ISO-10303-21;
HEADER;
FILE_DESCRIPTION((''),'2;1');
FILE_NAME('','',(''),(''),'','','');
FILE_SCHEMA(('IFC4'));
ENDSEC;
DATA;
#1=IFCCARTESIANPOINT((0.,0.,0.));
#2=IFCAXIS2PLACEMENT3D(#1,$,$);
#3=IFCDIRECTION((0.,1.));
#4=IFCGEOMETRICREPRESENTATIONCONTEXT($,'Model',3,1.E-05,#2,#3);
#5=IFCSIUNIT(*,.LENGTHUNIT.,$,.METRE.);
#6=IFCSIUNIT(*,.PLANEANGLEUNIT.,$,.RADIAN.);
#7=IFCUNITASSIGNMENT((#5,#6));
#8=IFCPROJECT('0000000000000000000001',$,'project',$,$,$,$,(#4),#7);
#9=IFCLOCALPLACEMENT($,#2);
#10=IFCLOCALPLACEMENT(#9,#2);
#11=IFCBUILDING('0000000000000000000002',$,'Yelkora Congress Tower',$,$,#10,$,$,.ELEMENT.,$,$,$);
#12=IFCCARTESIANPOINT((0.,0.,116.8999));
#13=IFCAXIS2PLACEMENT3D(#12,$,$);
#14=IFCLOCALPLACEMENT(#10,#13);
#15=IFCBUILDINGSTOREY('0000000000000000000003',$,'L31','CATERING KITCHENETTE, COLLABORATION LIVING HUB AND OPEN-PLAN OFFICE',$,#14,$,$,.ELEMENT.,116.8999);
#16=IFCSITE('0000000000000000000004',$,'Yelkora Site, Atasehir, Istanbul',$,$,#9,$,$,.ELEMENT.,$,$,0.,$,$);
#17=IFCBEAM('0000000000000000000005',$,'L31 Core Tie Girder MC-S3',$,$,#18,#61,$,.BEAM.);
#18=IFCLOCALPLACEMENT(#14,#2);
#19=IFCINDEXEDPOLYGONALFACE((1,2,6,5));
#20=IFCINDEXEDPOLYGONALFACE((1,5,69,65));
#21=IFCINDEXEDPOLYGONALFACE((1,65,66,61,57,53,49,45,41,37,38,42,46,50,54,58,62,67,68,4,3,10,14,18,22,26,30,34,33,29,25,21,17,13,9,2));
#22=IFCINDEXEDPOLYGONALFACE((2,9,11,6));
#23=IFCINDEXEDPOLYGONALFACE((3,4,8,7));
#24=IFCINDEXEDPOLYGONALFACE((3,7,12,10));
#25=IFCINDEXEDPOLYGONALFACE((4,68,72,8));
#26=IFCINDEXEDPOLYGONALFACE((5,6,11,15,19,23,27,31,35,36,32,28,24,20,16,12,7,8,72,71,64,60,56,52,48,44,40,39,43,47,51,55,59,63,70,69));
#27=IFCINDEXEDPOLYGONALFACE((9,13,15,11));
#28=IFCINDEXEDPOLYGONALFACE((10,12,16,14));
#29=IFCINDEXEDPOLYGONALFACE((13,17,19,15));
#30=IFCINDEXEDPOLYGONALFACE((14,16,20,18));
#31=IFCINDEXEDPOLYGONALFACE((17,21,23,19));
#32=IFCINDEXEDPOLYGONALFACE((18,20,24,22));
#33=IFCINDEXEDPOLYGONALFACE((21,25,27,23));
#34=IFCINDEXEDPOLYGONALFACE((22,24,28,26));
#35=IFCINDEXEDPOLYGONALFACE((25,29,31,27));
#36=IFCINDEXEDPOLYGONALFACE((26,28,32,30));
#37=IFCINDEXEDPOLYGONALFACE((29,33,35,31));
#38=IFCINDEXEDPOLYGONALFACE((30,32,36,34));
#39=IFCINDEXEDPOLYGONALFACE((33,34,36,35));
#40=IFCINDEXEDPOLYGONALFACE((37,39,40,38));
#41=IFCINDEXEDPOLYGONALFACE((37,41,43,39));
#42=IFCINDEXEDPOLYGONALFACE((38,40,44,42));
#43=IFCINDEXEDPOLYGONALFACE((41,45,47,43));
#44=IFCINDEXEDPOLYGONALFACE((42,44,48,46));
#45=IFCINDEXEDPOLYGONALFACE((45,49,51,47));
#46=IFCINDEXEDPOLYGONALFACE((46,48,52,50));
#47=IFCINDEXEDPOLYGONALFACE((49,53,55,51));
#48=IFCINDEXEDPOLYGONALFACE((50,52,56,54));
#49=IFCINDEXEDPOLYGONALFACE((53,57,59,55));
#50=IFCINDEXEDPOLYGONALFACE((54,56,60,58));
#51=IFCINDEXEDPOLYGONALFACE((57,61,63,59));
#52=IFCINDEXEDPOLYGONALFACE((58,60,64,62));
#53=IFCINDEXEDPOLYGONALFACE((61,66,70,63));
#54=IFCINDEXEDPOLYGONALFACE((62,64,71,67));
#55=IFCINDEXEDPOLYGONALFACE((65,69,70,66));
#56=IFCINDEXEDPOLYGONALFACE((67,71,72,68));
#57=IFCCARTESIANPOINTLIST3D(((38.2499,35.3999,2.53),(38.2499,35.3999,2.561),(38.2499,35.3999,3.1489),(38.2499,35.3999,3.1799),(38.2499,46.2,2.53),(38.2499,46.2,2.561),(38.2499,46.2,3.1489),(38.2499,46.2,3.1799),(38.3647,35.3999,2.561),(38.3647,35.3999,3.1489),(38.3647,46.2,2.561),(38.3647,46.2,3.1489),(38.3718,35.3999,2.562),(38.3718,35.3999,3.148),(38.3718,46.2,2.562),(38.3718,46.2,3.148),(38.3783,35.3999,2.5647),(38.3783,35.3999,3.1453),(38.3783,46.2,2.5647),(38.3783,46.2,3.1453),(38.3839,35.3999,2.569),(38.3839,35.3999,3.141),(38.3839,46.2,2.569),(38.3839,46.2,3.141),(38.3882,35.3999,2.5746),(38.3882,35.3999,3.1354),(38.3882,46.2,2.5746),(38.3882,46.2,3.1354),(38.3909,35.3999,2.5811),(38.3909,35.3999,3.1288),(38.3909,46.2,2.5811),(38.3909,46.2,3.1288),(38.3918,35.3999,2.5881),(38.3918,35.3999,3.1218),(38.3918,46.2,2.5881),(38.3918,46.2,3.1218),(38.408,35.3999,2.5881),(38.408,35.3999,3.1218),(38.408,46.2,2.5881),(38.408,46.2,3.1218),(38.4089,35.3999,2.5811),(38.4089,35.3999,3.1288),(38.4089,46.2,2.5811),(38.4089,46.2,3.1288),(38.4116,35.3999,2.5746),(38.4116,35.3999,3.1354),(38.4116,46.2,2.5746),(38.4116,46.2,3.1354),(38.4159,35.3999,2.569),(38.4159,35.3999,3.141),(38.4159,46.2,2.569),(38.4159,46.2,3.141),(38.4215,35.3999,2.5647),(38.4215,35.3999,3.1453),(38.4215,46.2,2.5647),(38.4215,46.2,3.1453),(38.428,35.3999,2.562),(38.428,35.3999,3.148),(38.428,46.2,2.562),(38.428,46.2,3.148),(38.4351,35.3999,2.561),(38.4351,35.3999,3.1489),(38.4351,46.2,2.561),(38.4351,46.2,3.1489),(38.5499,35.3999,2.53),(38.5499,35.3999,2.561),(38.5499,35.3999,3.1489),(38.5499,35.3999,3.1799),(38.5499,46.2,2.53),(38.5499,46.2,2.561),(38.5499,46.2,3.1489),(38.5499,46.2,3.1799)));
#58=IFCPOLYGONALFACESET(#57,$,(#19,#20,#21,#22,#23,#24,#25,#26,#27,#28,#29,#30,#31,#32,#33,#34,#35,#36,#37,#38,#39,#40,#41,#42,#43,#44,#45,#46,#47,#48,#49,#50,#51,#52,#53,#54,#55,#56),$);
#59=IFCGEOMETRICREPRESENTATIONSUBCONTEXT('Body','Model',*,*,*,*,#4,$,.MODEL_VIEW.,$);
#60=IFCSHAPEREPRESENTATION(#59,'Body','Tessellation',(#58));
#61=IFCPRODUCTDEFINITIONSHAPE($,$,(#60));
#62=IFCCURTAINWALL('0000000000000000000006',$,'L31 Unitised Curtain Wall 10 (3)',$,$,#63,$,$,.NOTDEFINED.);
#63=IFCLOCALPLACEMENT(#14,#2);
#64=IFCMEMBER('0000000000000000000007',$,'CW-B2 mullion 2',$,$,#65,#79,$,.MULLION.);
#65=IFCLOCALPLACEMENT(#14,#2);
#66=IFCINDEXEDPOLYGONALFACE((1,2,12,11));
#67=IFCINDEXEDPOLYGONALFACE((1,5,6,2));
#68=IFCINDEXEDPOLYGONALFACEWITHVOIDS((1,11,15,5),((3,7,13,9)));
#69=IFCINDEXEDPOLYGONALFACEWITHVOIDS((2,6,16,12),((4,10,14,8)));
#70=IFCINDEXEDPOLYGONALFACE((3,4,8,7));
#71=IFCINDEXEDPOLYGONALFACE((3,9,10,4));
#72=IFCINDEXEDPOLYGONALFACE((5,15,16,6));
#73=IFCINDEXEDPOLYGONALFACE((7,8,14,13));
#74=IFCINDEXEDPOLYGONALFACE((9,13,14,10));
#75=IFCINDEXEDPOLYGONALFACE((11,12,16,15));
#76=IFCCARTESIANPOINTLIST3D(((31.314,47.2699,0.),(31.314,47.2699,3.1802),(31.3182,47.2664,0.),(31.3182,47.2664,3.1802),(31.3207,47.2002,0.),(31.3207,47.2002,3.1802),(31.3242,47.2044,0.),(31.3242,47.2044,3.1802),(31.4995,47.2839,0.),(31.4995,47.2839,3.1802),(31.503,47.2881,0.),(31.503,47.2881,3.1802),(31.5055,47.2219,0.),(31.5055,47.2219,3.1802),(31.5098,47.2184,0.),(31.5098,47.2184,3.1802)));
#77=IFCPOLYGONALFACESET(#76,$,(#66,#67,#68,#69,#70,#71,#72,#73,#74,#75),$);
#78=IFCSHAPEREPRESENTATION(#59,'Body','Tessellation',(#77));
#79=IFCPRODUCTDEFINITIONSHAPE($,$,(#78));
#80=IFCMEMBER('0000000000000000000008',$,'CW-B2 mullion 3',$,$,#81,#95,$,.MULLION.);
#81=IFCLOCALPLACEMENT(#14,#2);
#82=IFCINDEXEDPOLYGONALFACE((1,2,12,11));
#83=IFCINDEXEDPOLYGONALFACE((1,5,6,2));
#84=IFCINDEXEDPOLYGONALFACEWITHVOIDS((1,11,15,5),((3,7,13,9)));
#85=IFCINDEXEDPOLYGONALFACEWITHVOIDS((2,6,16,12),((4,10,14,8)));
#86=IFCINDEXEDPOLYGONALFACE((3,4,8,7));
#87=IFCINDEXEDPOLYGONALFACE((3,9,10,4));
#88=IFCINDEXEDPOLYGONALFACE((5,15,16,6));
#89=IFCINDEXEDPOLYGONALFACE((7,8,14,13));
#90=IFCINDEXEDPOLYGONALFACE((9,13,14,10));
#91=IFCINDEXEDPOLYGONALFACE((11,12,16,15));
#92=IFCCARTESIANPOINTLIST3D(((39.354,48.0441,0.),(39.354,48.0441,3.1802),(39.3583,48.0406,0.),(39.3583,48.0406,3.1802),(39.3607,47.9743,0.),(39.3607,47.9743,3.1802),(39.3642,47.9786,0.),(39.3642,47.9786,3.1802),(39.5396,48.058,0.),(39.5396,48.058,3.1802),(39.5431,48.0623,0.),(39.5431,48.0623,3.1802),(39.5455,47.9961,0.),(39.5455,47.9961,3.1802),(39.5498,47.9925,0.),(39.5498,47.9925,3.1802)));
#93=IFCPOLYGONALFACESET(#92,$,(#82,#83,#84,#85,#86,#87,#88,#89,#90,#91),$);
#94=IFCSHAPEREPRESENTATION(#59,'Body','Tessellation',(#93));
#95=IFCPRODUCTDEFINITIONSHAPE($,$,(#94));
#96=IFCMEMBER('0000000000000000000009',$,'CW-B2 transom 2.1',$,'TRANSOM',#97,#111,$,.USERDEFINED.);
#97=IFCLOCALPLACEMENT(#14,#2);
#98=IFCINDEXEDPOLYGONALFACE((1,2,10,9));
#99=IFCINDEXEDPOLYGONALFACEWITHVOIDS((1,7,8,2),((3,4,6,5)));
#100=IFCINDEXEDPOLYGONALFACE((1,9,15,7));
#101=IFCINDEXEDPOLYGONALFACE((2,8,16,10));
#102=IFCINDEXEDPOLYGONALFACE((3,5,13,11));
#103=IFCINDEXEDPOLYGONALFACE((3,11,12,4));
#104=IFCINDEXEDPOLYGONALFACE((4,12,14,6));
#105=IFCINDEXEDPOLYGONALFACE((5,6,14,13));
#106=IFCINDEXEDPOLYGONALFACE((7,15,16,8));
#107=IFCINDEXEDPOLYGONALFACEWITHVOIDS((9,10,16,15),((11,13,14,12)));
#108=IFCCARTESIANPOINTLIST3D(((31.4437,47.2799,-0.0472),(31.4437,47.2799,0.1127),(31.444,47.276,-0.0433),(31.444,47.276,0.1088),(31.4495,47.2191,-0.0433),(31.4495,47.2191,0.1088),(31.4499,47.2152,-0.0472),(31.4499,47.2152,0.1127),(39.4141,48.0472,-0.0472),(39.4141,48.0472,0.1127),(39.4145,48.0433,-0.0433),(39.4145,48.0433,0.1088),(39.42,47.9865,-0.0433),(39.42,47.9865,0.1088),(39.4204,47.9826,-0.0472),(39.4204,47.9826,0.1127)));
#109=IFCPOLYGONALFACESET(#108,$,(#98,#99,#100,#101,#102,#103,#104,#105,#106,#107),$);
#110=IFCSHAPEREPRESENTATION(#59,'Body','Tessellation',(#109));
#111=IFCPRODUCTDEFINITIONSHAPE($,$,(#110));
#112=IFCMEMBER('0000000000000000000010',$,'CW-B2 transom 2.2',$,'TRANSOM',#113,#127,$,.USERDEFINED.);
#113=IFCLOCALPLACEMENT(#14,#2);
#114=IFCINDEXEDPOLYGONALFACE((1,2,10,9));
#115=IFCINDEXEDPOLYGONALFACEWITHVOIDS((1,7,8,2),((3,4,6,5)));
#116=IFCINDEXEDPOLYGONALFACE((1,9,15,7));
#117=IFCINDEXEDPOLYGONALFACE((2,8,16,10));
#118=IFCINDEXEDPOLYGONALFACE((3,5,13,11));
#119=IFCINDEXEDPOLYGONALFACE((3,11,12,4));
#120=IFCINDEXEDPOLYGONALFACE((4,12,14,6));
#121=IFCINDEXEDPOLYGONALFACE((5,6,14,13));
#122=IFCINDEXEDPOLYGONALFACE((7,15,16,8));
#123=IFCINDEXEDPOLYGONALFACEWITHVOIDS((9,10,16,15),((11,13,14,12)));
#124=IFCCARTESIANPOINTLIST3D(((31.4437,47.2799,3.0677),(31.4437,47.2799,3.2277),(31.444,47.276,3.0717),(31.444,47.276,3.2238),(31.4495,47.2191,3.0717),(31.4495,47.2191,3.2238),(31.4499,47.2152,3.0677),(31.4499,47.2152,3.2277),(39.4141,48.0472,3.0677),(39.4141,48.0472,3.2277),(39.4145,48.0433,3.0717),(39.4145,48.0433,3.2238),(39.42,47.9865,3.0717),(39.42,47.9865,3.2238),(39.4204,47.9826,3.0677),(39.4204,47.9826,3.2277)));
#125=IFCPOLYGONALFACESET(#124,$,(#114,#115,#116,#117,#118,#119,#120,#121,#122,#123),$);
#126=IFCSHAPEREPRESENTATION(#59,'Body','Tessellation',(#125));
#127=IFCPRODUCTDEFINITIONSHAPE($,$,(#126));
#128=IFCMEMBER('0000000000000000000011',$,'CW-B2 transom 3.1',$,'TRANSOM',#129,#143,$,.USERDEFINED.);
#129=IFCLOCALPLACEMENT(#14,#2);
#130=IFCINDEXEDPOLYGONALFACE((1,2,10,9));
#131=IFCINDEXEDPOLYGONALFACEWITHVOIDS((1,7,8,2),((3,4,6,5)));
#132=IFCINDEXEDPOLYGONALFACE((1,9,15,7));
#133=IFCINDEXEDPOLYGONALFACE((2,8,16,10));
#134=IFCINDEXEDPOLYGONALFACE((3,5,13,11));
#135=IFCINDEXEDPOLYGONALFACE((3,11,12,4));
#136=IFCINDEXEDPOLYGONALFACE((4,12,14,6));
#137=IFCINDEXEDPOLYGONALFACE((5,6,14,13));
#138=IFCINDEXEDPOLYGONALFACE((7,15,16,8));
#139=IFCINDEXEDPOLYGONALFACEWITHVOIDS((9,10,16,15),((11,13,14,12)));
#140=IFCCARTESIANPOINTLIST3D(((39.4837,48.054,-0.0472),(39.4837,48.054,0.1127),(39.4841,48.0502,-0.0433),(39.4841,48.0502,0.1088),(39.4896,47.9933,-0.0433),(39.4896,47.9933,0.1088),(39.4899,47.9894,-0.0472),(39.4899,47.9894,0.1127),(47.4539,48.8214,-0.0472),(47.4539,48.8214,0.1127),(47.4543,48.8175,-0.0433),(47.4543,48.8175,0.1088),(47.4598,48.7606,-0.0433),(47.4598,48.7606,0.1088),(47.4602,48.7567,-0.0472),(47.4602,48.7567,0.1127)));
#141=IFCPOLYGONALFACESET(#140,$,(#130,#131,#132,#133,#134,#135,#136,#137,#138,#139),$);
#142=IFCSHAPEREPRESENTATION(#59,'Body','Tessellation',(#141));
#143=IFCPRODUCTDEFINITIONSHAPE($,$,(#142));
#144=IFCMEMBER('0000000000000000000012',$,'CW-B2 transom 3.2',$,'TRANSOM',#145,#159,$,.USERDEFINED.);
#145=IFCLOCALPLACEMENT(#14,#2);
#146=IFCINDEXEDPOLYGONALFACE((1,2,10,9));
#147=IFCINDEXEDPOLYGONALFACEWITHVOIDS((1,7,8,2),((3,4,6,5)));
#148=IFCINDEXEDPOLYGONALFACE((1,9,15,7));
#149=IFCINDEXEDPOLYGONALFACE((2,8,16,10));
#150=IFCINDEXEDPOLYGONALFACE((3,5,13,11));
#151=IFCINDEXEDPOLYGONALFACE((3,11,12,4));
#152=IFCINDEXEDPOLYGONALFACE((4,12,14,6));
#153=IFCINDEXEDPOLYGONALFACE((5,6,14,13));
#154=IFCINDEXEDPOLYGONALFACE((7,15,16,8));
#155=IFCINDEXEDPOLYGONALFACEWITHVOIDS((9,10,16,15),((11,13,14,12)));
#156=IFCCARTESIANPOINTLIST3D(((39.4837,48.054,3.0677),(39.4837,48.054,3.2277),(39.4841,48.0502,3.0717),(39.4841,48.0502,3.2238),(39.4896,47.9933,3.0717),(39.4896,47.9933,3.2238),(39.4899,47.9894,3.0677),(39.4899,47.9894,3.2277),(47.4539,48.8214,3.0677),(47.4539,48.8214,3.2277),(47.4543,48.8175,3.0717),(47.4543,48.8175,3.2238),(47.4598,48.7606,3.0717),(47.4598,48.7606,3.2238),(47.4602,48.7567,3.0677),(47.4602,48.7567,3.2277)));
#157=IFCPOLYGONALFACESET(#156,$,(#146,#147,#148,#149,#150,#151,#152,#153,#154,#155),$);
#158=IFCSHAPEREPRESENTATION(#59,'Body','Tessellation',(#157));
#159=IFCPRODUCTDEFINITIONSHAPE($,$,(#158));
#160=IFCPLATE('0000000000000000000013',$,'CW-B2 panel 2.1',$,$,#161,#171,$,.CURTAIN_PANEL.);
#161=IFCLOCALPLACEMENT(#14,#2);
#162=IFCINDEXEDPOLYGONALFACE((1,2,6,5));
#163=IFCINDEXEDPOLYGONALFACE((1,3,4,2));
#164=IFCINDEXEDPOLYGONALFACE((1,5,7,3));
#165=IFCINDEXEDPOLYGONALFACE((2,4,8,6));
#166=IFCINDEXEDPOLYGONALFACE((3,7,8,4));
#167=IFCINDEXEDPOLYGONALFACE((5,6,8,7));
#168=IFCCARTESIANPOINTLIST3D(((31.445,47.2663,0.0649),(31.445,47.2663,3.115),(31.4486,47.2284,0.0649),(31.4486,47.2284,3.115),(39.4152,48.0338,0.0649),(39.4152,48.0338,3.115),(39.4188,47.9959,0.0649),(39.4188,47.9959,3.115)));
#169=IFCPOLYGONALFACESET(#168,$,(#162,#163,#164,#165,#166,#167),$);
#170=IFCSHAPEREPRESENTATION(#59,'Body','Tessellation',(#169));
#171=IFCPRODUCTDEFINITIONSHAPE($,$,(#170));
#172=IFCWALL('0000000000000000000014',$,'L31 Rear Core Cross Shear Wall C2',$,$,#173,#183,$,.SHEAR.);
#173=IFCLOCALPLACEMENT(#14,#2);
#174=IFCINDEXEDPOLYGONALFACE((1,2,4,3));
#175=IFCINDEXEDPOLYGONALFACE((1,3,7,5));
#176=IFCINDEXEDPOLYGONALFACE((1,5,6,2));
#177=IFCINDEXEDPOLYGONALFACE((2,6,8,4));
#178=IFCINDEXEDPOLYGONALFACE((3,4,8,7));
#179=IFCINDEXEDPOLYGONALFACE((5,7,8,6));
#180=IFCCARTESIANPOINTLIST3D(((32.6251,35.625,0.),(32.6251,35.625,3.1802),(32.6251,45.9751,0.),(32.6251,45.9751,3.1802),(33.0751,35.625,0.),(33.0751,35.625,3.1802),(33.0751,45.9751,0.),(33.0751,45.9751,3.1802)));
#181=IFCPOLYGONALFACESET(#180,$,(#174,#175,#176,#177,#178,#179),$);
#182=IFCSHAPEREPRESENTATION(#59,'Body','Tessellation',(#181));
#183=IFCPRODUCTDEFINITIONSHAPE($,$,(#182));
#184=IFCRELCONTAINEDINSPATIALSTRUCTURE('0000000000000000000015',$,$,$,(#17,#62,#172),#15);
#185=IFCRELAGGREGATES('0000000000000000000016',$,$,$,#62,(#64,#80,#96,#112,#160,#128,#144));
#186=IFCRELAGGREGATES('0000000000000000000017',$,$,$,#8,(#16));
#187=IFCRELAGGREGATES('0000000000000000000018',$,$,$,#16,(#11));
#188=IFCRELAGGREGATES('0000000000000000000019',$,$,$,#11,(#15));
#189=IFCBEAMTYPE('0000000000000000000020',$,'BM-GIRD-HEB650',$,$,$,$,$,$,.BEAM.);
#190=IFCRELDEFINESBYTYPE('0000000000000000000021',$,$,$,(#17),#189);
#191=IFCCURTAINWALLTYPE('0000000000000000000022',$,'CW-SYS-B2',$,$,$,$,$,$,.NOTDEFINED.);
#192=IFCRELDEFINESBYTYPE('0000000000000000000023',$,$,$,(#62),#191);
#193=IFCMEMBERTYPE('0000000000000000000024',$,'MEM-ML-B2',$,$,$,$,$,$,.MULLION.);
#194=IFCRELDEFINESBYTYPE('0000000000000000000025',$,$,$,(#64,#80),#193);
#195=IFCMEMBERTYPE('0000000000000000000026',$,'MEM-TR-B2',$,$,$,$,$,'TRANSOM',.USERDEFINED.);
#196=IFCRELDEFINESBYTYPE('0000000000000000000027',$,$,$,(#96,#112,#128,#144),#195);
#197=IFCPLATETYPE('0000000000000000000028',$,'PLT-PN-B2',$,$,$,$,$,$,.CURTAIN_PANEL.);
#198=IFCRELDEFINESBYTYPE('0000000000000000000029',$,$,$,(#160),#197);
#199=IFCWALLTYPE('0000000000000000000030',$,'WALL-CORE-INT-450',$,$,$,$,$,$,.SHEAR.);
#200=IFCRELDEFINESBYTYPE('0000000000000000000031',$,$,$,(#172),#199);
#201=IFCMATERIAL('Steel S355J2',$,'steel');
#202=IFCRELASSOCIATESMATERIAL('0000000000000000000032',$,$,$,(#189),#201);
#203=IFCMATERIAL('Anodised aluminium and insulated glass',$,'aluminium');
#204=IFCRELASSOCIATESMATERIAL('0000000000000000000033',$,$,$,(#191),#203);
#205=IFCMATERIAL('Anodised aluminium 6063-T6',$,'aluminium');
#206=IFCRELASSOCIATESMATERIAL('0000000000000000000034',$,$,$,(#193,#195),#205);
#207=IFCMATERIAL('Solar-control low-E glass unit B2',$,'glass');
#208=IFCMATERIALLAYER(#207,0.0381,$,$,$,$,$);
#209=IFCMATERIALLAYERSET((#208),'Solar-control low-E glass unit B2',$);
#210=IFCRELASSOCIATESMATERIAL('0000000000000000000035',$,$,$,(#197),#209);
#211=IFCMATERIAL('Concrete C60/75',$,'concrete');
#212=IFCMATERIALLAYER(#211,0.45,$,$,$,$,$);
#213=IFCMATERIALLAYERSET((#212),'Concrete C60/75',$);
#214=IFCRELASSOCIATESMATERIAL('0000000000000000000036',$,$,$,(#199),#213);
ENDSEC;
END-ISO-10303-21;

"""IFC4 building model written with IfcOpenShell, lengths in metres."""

from ifc_helpers import new_model, si_unit, direction, frame, frame_2d, origin, origin_2d, place, context, subcontext, project, spatial, rectangle, hollow_rectangle, i_section, extrude, material, layer, layer_set, material_profile, profile_set, type_object, element, aggregate, save


model = new_model("IFC4")

# Units and contexts
model_context = context("Model", 3, precision=1e-05, world=origin(), true_north=direction((0.0, 1.0)))
body_context = subcontext(model_context, "Body", "Model", "MODEL_VIEW")
ifc_project = project(units=[si_unit("LENGTHUNIT", "METRE"), si_unit("PLANEANGLEUNIT", "RADIAN")], contexts=[model_context])

# Site, building, storey
site_placement = place(None, origin())
site = spatial("IfcSite", under=ifc_project, at=site_placement, Name="Yelkora Site, Atasehir, Istanbul", CompositionType="ELEMENT", RefElevation=0.0)
building_placement = place(site_placement, origin())
building = spatial("IfcBuilding", under=site, at=building_placement, Name="Yelkora Congress Tower", CompositionType="ELEMENT")
storey_placement = place(building_placement, frame((0.0, 0.0, 116.8999)))
storey = spatial("IfcBuildingStorey", under=building, at=storey_placement, Name="L31", Description="CATERING KITCHENETTE, COLLABORATION LIVING HUB AND OPEN-PLAN OFFICE", CompositionType="ELEMENT", Elevation=116.8999)

# Beam
ifc_material_1 = material(Name="Steel S355J2", Category="steel")
ifc_material_profile_1 = material_profile(ifc_material_1, i_section(OverallWidth=0.3, OverallDepth=0.6499, WebThickness=0.0161, FlangeThickness=0.031, FilletRadius=0.0271, at=origin_2d()), Name="HEB 650")
ifc_profile_set_1 = profile_set([ifc_material_profile_1], Name="Steel S355J2")
beam_type = type_object("IfcBeamType", Name="BM-GIRD-HEB650", PredefinedType="BEAM", material=ifc_profile_set_1)
beam_placement = place(storey_placement, frame((38.3999, 35.3999, 2.855), z_axis=(0.0, 1.0, 0.0), x_axis=(-1.0, 0.0, 0.0)))
element("IfcBeam", 1, at=beam_placement, inside=storey, type_object=beam_type, Name="L31 Core Tie Girder MC-S3", PredefinedType="BEAM", context=body_context, shape_type="SweptSolid", body=[
    extrude(i_section(OverallWidth=0.3, OverallDepth=0.6499, WebThickness=0.0161, FlangeThickness=0.031, FilletRadius=0.0271, at=origin_2d()), origin(), (0.0, 0.0, 1.0), 10.8),
])

# Curtain wall, members, plate
ifc_material_2 = material(Name="Anodised aluminium and insulated glass", Category="aluminium")
curtain_wall_type = type_object("IfcCurtainWallType", Name="CW-SYS-B2", PredefinedType="NOTDEFINED", material=ifc_material_2)
curtain_wall_placement = place(storey_placement, origin())
curtain_wall = element("IfcCurtainWall", 2, at=curtain_wall_placement, inside=storey, type_object=curtain_wall_type, Name="L31 Unitised Curtain Wall 10 (3)", PredefinedType="NOTDEFINED")
ifc_material_3 = material(Name="Anodised aluminium 6063-T6", Category="aluminium")
ifc_material_profile_2 = material_profile(ifc_material_3, hollow_rectangle(XDim=0.0701, YDim=0.1899, WallThickness=0.0039, at=origin_2d()), Name="ALU 70x190x4")
ifc_profile_set_2 = profile_set([ifc_material_profile_2], Name="Anodised aluminium 6063-T6")
member_type_1 = type_object("IfcMemberType", Name="MEM-ML-B2", PredefinedType="MULLION", material=ifc_profile_set_2)
member_1_placement = place(storey_placement, frame((31.4119, 47.2441, 0.0), z_axis=(0.0, 0.0, 1.0), x_axis=(-0.095844, 0.995396, 0.0)))
member_1 = element("IfcMember", 3, at=member_1_placement, type_object=member_type_1, Name="CW-B2 mullion 2", PredefinedType="MULLION", context=body_context, shape_type="SweptSolid", body=[
    extrude(hollow_rectangle(XDim=0.0701, YDim=0.1899, WallThickness=0.0039, at=origin_2d()), origin(), (0.0, 0.0, 1.0), 3.1802),
])
member_2_placement = place(storey_placement, frame((39.4519, 48.0183, 0.0), z_axis=(0.0, 0.0, 1.0), x_axis=(-0.095844, 0.995396, 0.0)))
member_2 = element("IfcMember", 4, at=member_2_placement, type_object=member_type_1, Name="CW-B2 mullion 3", PredefinedType="MULLION", context=body_context, shape_type="SweptSolid", body=[
    extrude(hollow_rectangle(XDim=0.0701, YDim=0.1899, WallThickness=0.0039, at=origin_2d()), origin(), (0.0, 0.0, 1.0), 3.1802),
])
ifc_material_profile_3 = material_profile(ifc_material_3, hollow_rectangle(XDim=0.0649, YDim=0.1599, WallThickness=0.0039, at=origin_2d()), Name="ALU 65x160x4")
ifc_profile_set_3 = profile_set([ifc_material_profile_3], Name="Anodised aluminium 6063-T6")
member_type_2 = type_object("IfcMemberType", Name="MEM-TR-B2", ElementType="TRANSOM", PredefinedType="USERDEFINED", material=ifc_profile_set_3)
member_3_placement = place(storey_placement, frame((31.4468, 47.2476, 0.0327), z_axis=(0.995398, 0.095829, 0.0), x_axis=(-0.095829, 0.995398, 0.0)))
member_3 = element("IfcMember", 5, at=member_3_placement, type_object=member_type_2, Name="CW-B2 transom 2.1", ObjectType="TRANSOM", PredefinedType="USERDEFINED", context=body_context, shape_type="SweptSolid", body=[
    extrude(hollow_rectangle(XDim=0.0649, YDim=0.1599, WallThickness=0.0039, at=origin_2d()), origin(), (0.0, 0.0, 1.0), 8.0073),
])
member_4_placement = place(storey_placement, frame((31.4468, 47.2476, 3.1477), z_axis=(0.995398, 0.095829, 0.0), x_axis=(-0.095829, 0.995398, 0.0)))
member_4 = element("IfcMember", 6, at=member_4_placement, type_object=member_type_2, Name="CW-B2 transom 2.2", ObjectType="TRANSOM", PredefinedType="USERDEFINED", context=body_context, shape_type="SweptSolid", body=[
    extrude(hollow_rectangle(XDim=0.0649, YDim=0.1599, WallThickness=0.0039, at=origin_2d()), origin(), (0.0, 0.0, 1.0), 8.0073),
])
member_5_placement = place(storey_placement, frame((39.4868, 48.0217, 0.0327), z_axis=(0.995398, 0.095832, 0.0), x_axis=(-0.095832, 0.995398, 0.0)))
member_5 = element("IfcMember", 7, at=member_5_placement, type_object=member_type_2, Name="CW-B2 transom 3.1", ObjectType="TRANSOM", PredefinedType="USERDEFINED", context=body_context, shape_type="SweptSolid", body=[
    extrude(hollow_rectangle(XDim=0.0649, YDim=0.1599, WallThickness=0.0039, at=origin_2d()), origin(), (0.0, 0.0, 1.0), 8.0071),
])
member_6_placement = place(storey_placement, frame((39.4868, 48.0217, 3.1477), z_axis=(0.995398, 0.095832, 0.0), x_axis=(-0.095832, 0.995398, 0.0)))
member_6 = element("IfcMember", 8, at=member_6_placement, type_object=member_type_2, Name="CW-B2 transom 3.2", ObjectType="TRANSOM", PredefinedType="USERDEFINED", context=body_context, shape_type="SweptSolid", body=[
    extrude(hollow_rectangle(XDim=0.0649, YDim=0.1599, WallThickness=0.0039, at=origin_2d()), origin(), (0.0, 0.0, 1.0), 8.0071),
])
ifc_material_4 = material(Name="Solar-control low-E glass unit B2", Category="glass")
ifc_layer_1 = layer(ifc_material_4, 0.0381)
ifc_layer_set_1 = layer_set([ifc_layer_1], Name="Solar-control low-E glass unit B2")
plate_type = type_object("IfcPlateType", Name="PLT-PN-B2", PredefinedType="CURTAIN_PANEL", material=ifc_layer_set_1)
plate_placement = place(storey_placement, frame((35.4319, 47.6311, 0.0649), z_axis=(0.0, 0.0, 1.0), x_axis=(0.995396, 0.095844, 0.0)))
plate = element("IfcPlate", 9, at=plate_placement, type_object=plate_type, Name="CW-B2 panel 2.1", PredefinedType="CURTAIN_PANEL", context=body_context, shape_type="SweptSolid", body=[
    extrude(rectangle(XDim=8.0071, YDim=0.0381, at=origin_2d()), origin(), (0.0, 0.0, 1.0), 3.05),
])
aggregate(curtain_wall, [member_1, member_2, member_3, member_4, plate, member_5, member_6])

# Wall
ifc_material_5 = material(Name="Concrete C60/75", Category="concrete")
ifc_layer_2 = layer(ifc_material_5, 0.45)
ifc_layer_set_2 = layer_set([ifc_layer_2], Name="Concrete C60/75")
wall_type_1 = type_object("IfcWallType", Name="WALL-CORE-INT-450", PredefinedType="SHEAR", material=ifc_layer_set_2)
wall_1_placement = place(storey_placement, frame((32.8501, 35.625, 0.0), z_axis=(0.0, 0.0, 1.0), x_axis=(0.0, 1.0, 0.0)))
element("IfcWall", 10, at=wall_1_placement, inside=storey, type_object=wall_type_1, Name="L31 Rear Core Cross Shear Wall C2", PredefinedType="SHEAR", context=body_context, shape_type="SweptSolid", body=[
    extrude(rectangle(XDim=10.3501, YDim=0.45, at=frame_2d((5.175, 0.0))), origin(), (0.0, 0.0, 1.0), 3.1802),
])

save(model, "model.ifc")
